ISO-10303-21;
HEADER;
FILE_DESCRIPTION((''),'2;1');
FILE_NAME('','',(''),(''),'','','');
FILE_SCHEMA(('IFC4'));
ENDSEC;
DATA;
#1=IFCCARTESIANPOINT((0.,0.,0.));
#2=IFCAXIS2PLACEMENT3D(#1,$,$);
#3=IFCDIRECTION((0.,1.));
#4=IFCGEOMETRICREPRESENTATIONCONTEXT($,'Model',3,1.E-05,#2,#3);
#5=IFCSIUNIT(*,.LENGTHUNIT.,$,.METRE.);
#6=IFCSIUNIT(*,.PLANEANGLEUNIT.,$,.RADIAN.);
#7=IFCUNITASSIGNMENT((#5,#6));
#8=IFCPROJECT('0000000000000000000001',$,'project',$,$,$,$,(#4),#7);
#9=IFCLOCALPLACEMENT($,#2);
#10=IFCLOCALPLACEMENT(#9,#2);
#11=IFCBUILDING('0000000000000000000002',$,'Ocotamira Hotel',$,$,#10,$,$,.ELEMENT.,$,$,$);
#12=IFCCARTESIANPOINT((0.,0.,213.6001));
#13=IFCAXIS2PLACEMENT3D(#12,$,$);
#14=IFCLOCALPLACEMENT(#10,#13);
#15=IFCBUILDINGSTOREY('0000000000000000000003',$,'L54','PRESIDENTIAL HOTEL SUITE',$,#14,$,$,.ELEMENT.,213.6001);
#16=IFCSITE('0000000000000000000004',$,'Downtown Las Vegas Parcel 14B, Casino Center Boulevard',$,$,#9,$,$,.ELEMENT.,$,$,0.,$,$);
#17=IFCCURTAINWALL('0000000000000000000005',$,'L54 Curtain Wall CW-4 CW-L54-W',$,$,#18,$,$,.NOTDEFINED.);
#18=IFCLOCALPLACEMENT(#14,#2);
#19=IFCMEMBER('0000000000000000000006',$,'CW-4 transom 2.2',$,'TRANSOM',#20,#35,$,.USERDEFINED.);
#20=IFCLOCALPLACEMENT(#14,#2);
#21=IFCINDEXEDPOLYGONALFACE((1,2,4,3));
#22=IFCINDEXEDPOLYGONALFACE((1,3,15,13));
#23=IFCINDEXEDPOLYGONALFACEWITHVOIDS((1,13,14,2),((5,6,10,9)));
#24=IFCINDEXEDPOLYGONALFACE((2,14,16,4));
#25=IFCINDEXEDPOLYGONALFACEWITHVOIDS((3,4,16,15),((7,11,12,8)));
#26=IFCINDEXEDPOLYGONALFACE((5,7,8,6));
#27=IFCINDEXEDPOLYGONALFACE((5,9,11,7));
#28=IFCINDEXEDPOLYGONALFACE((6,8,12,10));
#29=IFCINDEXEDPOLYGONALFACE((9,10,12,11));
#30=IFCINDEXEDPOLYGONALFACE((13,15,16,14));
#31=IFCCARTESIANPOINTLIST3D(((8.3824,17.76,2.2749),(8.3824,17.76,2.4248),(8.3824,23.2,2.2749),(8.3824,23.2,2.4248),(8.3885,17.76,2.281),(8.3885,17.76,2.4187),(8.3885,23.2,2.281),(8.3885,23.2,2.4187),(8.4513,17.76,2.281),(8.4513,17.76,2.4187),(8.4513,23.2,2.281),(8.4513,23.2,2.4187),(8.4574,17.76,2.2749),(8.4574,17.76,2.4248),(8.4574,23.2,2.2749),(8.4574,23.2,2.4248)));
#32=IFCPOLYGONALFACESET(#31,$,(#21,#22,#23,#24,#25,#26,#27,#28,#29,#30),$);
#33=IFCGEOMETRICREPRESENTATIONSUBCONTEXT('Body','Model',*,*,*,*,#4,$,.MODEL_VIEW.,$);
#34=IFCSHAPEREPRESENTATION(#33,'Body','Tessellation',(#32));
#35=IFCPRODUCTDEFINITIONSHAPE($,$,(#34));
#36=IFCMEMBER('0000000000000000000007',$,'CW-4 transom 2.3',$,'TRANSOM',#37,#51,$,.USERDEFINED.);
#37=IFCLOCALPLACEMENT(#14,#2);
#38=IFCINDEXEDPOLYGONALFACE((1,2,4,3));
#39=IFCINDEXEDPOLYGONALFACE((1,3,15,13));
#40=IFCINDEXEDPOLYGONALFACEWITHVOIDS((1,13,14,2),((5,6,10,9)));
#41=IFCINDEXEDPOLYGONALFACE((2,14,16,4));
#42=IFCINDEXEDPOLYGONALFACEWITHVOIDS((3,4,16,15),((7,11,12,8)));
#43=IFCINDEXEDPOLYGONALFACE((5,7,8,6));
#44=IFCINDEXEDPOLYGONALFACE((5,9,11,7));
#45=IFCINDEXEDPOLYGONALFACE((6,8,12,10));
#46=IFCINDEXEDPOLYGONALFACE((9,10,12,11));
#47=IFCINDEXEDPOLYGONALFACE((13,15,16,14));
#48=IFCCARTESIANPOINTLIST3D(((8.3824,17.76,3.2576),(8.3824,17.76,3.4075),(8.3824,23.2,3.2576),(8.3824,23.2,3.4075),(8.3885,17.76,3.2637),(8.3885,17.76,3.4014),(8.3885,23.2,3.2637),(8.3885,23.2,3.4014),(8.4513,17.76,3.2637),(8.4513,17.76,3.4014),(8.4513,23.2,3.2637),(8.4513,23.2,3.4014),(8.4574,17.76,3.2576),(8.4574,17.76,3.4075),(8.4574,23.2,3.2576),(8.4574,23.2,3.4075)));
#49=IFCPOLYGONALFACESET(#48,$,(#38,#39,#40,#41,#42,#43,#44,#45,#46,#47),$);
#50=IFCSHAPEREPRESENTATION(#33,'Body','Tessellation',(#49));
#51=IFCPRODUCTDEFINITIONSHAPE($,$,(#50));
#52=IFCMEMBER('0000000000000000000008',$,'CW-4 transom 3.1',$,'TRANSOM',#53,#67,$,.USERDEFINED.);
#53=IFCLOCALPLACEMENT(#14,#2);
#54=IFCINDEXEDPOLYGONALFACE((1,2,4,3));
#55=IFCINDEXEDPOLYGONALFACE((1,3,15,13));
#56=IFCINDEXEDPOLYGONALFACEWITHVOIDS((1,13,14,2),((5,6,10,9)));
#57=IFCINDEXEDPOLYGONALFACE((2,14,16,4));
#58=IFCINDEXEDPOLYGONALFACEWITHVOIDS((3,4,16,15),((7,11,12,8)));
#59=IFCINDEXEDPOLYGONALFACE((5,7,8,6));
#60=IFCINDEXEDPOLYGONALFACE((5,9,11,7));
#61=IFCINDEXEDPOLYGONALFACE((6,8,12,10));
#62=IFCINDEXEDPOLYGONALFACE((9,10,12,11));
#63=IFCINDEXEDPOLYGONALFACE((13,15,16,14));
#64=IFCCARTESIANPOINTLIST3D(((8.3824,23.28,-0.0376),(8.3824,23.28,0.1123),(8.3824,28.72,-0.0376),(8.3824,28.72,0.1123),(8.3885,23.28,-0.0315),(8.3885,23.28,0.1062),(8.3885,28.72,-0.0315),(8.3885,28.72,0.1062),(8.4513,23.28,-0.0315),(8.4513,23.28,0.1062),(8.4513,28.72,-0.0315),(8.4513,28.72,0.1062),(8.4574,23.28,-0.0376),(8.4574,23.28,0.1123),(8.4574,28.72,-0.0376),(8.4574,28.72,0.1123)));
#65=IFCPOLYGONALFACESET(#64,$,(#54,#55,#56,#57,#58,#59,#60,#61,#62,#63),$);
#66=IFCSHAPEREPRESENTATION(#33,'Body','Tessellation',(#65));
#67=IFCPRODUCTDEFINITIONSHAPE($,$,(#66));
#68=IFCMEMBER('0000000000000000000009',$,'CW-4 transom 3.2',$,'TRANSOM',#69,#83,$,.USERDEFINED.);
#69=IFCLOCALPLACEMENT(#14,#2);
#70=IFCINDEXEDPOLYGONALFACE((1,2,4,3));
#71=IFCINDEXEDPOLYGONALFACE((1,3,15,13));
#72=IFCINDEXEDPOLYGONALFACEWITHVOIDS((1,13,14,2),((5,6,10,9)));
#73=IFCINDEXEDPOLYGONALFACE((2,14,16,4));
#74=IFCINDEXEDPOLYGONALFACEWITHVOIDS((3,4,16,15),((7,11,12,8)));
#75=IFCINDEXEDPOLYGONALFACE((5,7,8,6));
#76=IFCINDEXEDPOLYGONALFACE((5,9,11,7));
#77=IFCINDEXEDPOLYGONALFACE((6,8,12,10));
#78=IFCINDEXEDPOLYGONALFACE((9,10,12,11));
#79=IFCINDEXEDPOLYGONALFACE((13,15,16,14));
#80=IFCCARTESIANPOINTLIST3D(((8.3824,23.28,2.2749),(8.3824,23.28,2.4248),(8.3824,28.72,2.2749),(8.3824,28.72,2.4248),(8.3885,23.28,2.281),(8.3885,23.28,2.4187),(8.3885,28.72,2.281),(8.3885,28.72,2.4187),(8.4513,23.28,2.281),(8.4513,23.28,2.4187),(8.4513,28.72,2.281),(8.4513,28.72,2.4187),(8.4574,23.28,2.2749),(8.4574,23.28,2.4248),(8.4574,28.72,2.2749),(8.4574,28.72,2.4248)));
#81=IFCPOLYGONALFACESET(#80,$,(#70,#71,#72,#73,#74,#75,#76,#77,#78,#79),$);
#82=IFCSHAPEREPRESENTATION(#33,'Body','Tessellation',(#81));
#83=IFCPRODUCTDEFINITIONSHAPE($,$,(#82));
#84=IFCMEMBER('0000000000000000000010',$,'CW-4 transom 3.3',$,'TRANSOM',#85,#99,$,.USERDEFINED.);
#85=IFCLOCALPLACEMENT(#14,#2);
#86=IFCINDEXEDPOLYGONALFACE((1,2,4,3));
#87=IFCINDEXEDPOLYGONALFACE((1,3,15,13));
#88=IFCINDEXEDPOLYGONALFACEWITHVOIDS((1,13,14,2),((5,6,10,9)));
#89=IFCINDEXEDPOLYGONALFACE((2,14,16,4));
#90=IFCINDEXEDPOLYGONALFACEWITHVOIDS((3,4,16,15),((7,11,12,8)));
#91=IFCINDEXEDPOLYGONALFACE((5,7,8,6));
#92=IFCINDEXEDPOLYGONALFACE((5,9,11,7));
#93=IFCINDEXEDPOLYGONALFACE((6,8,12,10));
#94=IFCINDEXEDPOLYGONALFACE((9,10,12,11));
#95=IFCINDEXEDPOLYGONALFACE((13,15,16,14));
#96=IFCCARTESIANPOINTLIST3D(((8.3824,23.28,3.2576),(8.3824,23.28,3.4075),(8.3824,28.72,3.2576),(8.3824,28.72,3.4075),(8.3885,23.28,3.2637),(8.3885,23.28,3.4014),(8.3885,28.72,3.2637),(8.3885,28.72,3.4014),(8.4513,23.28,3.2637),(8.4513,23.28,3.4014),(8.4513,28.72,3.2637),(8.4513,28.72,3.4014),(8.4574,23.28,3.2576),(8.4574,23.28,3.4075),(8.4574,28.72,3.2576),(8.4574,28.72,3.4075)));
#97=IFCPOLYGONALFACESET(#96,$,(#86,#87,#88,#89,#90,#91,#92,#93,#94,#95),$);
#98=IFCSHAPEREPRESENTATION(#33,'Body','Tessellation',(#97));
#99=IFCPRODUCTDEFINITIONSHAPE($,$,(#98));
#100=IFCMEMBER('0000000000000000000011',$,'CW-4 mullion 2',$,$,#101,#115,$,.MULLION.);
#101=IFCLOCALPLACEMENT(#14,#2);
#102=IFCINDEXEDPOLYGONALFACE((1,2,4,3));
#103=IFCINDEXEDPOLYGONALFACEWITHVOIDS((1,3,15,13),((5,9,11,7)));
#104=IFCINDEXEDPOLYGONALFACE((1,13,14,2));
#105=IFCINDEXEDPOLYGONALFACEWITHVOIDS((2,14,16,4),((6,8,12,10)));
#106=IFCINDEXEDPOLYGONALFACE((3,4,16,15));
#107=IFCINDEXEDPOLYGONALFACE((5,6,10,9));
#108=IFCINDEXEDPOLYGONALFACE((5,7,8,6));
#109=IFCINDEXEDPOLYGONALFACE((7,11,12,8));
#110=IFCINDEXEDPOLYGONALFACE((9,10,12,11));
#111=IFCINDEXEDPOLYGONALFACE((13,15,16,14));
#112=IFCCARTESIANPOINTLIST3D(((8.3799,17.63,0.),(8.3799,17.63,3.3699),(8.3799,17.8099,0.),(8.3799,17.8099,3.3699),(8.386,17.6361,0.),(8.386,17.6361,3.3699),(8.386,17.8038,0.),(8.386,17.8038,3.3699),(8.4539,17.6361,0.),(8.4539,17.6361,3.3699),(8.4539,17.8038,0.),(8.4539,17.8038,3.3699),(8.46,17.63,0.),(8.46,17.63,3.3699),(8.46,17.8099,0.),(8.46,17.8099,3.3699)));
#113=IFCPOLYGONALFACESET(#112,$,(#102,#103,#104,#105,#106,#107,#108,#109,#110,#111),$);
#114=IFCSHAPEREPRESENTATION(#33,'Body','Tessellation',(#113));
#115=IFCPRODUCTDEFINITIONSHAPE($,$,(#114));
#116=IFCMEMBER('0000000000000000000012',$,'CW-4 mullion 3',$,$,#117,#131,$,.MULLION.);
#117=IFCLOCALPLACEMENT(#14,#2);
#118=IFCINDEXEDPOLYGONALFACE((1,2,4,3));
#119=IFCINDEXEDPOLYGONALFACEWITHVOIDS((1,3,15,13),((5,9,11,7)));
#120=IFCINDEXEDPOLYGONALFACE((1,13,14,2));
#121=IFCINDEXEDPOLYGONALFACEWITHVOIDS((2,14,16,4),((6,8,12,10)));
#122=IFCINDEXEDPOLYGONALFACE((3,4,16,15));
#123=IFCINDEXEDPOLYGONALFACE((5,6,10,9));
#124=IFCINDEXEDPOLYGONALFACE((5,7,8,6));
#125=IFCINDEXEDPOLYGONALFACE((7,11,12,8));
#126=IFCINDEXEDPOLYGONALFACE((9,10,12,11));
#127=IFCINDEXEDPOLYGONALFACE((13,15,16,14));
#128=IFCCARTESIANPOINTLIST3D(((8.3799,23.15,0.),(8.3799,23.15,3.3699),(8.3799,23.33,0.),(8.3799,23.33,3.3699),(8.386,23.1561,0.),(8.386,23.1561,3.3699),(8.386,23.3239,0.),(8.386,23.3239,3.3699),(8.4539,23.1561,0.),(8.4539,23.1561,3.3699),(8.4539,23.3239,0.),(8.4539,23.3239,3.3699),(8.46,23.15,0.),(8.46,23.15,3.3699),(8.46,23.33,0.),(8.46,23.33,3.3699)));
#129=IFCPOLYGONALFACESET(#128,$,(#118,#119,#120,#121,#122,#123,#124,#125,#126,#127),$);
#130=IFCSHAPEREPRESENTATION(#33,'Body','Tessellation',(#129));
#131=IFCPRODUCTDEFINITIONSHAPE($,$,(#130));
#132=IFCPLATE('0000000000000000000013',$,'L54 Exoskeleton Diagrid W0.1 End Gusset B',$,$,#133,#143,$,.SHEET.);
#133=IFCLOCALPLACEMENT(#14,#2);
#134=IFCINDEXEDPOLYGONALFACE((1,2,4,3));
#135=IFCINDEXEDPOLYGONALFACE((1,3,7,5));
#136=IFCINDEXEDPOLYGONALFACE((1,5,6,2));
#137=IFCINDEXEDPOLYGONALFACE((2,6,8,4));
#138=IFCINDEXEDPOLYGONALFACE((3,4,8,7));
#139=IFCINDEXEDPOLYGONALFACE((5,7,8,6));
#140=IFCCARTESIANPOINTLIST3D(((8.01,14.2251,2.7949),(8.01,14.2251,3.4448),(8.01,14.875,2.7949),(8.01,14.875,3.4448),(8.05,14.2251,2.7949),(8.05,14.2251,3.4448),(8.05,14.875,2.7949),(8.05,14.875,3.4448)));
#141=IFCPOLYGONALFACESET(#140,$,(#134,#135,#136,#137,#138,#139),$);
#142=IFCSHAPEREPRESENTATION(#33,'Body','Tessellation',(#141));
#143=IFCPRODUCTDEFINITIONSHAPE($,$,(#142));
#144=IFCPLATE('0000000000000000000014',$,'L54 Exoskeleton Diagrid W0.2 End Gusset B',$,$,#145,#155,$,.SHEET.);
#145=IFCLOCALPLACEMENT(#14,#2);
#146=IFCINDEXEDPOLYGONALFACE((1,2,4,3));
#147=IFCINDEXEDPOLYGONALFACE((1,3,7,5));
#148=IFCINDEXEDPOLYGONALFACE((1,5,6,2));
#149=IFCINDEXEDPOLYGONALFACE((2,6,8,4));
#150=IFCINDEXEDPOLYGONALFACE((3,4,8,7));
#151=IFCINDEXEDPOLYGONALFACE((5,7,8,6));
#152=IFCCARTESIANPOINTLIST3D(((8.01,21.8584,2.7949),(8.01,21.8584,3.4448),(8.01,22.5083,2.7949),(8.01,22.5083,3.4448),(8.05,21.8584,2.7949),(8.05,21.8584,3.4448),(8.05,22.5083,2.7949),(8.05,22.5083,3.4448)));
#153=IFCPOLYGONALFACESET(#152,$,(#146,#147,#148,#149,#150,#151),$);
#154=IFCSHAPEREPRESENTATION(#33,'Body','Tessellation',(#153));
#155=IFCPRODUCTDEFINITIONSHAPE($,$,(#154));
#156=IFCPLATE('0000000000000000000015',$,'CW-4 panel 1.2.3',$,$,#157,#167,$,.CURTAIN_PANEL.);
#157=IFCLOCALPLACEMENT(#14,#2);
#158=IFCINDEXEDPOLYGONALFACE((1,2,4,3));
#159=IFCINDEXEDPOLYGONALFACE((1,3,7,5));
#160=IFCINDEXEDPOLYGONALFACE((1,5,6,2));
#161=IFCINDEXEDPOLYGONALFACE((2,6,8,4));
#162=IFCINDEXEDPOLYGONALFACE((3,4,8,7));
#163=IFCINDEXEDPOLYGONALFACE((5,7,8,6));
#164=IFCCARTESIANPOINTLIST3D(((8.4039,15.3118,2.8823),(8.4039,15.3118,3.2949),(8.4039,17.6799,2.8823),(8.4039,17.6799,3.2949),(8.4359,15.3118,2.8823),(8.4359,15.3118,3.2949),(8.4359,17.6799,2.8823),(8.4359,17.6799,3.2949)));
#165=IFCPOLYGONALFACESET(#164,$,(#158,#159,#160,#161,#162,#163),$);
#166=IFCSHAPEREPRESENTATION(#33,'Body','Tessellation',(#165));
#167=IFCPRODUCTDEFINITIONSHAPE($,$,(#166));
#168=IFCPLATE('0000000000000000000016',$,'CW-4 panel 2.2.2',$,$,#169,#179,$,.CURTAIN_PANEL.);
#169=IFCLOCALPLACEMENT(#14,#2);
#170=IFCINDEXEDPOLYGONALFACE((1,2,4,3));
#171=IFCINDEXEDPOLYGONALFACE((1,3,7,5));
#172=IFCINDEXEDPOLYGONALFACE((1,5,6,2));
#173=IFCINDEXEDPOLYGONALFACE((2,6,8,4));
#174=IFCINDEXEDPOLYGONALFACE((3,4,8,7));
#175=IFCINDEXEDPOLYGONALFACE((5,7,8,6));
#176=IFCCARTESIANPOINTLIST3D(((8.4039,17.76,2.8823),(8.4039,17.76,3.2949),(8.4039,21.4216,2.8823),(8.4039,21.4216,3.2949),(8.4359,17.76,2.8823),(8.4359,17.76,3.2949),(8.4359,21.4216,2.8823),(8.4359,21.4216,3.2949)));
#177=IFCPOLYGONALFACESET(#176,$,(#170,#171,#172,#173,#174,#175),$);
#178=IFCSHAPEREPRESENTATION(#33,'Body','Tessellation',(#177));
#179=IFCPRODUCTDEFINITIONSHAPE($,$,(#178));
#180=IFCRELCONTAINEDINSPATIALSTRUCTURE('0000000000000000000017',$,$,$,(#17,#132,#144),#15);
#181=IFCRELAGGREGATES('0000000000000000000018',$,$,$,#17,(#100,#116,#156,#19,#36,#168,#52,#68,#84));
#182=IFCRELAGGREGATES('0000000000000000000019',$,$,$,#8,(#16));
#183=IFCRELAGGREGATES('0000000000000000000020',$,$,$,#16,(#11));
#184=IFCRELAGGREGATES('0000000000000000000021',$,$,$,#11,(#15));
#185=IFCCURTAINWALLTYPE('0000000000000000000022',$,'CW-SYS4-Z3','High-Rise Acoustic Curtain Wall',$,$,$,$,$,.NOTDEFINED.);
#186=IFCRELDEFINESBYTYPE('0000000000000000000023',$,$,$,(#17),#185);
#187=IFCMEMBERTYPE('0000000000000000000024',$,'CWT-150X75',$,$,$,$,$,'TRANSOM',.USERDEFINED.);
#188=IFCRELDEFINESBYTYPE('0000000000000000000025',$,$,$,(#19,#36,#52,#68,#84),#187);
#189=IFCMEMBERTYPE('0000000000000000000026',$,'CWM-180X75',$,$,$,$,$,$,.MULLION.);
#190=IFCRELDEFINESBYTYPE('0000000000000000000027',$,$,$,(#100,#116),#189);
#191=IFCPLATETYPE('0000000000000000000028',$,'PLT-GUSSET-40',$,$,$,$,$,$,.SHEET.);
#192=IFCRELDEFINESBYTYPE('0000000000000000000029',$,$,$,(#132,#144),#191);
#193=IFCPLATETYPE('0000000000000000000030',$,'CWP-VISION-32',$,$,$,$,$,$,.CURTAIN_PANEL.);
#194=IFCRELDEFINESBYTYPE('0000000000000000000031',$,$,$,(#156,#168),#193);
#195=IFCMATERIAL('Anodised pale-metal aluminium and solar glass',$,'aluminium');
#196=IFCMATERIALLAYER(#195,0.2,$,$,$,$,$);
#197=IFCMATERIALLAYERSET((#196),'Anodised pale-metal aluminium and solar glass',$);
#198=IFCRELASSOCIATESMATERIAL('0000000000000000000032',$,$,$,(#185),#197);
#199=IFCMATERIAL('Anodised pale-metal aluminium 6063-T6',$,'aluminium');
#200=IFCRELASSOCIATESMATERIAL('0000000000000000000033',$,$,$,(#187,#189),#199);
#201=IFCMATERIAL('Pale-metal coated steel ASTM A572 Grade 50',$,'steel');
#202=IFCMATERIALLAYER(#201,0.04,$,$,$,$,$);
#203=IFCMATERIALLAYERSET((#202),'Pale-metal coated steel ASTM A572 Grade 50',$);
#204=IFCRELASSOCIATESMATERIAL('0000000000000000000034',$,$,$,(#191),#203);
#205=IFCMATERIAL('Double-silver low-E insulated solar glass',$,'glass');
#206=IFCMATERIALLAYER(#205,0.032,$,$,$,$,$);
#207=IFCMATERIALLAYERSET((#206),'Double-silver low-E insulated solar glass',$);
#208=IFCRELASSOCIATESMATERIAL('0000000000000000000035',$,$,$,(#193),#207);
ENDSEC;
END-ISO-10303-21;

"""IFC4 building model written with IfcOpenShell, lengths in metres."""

from ifc_helpers import new_model, si_unit, direction, frame, origin, origin_2d, place, context, subcontext, project, spatial, rectangle, hollow_rectangle, extrude, source, transform, mapped, material, layer, layer_set, material_profile, profile_set, type_object, element, aggregate, save


model = new_model("IFC4")

# Units and contexts
model_context = context("Model", 3, precision=1e-05, world=origin(), true_north=direction((0.0, 1.0)))
body_context = subcontext(model_context, "Body", "Model", "MODEL_VIEW")
ifc_project = project(units=[si_unit("LENGTHUNIT", "METRE"), si_unit("PLANEANGLEUNIT", "RADIAN")], contexts=[model_context])

# Site, building, storey
site_placement = place(None, origin())
site = spatial("IfcSite", under=ifc_project, at=site_placement, Name="Downtown Las Vegas Parcel 14B, Casino Center Boulevard", CompositionType="ELEMENT", RefElevation=0.0)
building_placement = place(site_placement, origin())
building = spatial("IfcBuilding", under=site, at=building_placement, Name="Ocotamira Hotel", CompositionType="ELEMENT")
storey_placement = place(building_placement, frame((0.0, 0.0, 213.6001)))
storey = spatial("IfcBuildingStorey", under=building, at=storey_placement, Name="L54", Description="PRESIDENTIAL HOTEL SUITE", CompositionType="ELEMENT", Elevation=213.6001)

# Curtain wall, members
ifc_material_1 = material(Name="Anodised pale-metal aluminium and solar glass", Category="aluminium")
ifc_layer_1 = layer(ifc_material_1, 0.2)
ifc_layer_set_1 = layer_set([ifc_layer_1], Name="Anodised pale-metal aluminium and solar glass")
curtain_wall_type = type_object("IfcCurtainWallType", Name="CW-SYS4-Z3", Description="High-Rise Acoustic Curtain Wall", PredefinedType="NOTDEFINED", material=ifc_layer_set_1)
curtain_wall_placement = place(storey_placement, origin())
curtain_wall = element("IfcCurtainWall", 1, at=curtain_wall_placement, inside=storey, type_object=curtain_wall_type, Name="L54 Curtain Wall CW-4 CW-L54-W", PredefinedType="NOTDEFINED")
ifc_material_2 = material(Name="Anodised pale-metal aluminium 6063-T6", Category="aluminium")
ifc_material_profile_1 = material_profile(ifc_material_2, hollow_rectangle(XDim=0.075, YDim=0.1499, WallThickness=0.0061, at=origin_2d()), Name="HSS150X75X6")
ifc_profile_set_1 = profile_set([ifc_material_profile_1], Name="Anodised pale-metal aluminium 6063-T6")
member_type_1 = type_object("IfcMemberType", Name="CWT-150X75", ElementType="TRANSOM", PredefinedType="USERDEFINED", material=ifc_profile_set_1)
shared_shape_1 = source(origin(), body_context, "Body", "SweptSolid", [
    extrude(hollow_rectangle(XDim=0.075, YDim=0.1499, WallThickness=0.0061, at=origin_2d()), origin(), (0.0, 0.0, 1.0), 5.4399),
])
member_1_placement = place(storey_placement, frame((8.4199, 17.76, 2.3499), z_axis=(0.0, 1.0, 0.0), x_axis=(-1.0, 0.0, 0.0)))
member_1 = element("IfcMember", 2, at=member_1_placement, type_object=member_type_1, Name="CW-4 transom 2.2", ObjectType="TRANSOM", PredefinedType="USERDEFINED", context=body_context, shape_type="MappedRepresentation", body=[
    mapped(shared_shape_1, transform((0.0, 0.0, 0.0), scale=1.0)),
])
member_2_placement = place(storey_placement, frame((8.4199, 17.76, 3.3325), z_axis=(0.0, 1.0, 0.0), x_axis=(-1.0, 0.0, 0.0)))
member_2 = element("IfcMember", 3, at=member_2_placement, type_object=member_type_1, Name="CW-4 transom 2.3", ObjectType="TRANSOM", PredefinedType="USERDEFINED", context=body_context, shape_type="MappedRepresentation", body=[
    mapped(shared_shape_1, transform((0.0, 0.0, 0.0), scale=1.0)),
])
member_3_placement = place(storey_placement, frame((8.4199, 23.28, 0.0374), z_axis=(0.0, 1.0, 0.0), x_axis=(-1.0, 0.0, 0.0)))
member_3 = element("IfcMember", 4, at=member_3_placement, type_object=member_type_1, Name="CW-4 transom 3.1", ObjectType="TRANSOM", PredefinedType="USERDEFINED", context=body_context, shape_type="MappedRepresentation", body=[
    mapped(shared_shape_1, transform((0.0, 0.0, 0.0), scale=1.0)),
])
member_4_placement = place(storey_placement, frame((8.4199, 23.28, 2.3499), z_axis=(0.0, 1.0, 0.0), x_axis=(-1.0, 0.0, 0.0)))
member_4 = element("IfcMember", 5, at=member_4_placement, type_object=member_type_1, Name="CW-4 transom 3.2", ObjectType="TRANSOM", PredefinedType="USERDEFINED", context=body_context, shape_type="MappedRepresentation", body=[
    mapped(shared_shape_1, transform((0.0, 0.0, 0.0), scale=1.0)),
])
member_5_placement = place(storey_placement, frame((8.4199, 23.28, 3.3325), z_axis=(0.0, 1.0, 0.0), x_axis=(-1.0, 0.0, 0.0)))
member_5 = element("IfcMember", 6, at=member_5_placement, type_object=member_type_1, Name="CW-4 transom 3.3", ObjectType="TRANSOM", PredefinedType="USERDEFINED", context=body_context, shape_type="MappedRepresentation", body=[
    mapped(shared_shape_1, transform((0.0, 0.0, 0.0), scale=1.0)),
])
ifc_material_profile_2 = material_profile(ifc_material_2, hollow_rectangle(XDim=0.0801, YDim=0.1799, WallThickness=0.0061, at=origin_2d()), Name="HSS180X80X6")
ifc_profile_set_2 = profile_set([ifc_material_profile_2], Name="Anodised pale-metal aluminium 6063-T6")
member_type_2 = type_object("IfcMemberType", Name="CWM-180X75", PredefinedType="MULLION", material=ifc_profile_set_2)
shared_shape_2 = source(origin(), body_context, "Body", "SweptSolid", [
    extrude(hollow_rectangle(XDim=0.0801, YDim=0.1799, WallThickness=0.0061, at=origin_2d()), origin(), (0.0, 0.0, 1.0), 3.3699),
])
member_6_placement = place(storey_placement, frame((8.4199, 17.72, 0.0), z_axis=(0.0, 0.0, 1.0), x_axis=(-1.0, 0.0, 0.0)))
member_6 = element("IfcMember", 7, at=member_6_placement, type_object=member_type_2, Name="CW-4 mullion 2", PredefinedType="MULLION", context=body_context, shape_type="MappedRepresentation", body=[
    mapped(shared_shape_2, transform((0.0, 0.0, 0.0), scale=1.0)),
])
member_7_placement = place(storey_placement, frame((8.4199, 23.24, 0.0), z_axis=(0.0, 0.0, 1.0), x_axis=(-1.0, 0.0, 0.0)))
member_7 = element("IfcMember", 8, at=member_7_placement, type_object=member_type_2, Name="CW-4 mullion 3", PredefinedType="MULLION", context=body_context, shape_type="MappedRepresentation", body=[
    mapped(shared_shape_2, transform((0.0, 0.0, 0.0), scale=1.0)),
])

# Plates
ifc_material_3 = material(Name="Pale-metal coated steel ASTM A572 Grade 50", Category="steel")
ifc_layer_2 = layer(ifc_material_3, 0.04)
ifc_layer_set_2 = layer_set([ifc_layer_2], Name="Pale-metal coated steel ASTM A572 Grade 50")
plate_type_1 = type_object("IfcPlateType", Name="PLT-GUSSET-40", PredefinedType="SHEET", material=ifc_layer_set_2)
shared_shape_3 = source(origin(), body_context, "Body", "SweptSolid", [
    extrude(rectangle(XDim=0.04, YDim=0.6499, at=origin_2d()), origin(), (0.0, 0.0, 1.0), 0.6499),
])
for number, where, z_axis, x_axis, name in (
    (9, (8.03, 14.55, 2.7949), (0.0, 0.0, 1.0), (1.0, 0.0, 0.0), "L54 Exoskeleton Diagrid W0.1 End Gusset B"),
    (10, (8.03, 22.1833, 2.7949), (0.0, 0.0, 1.0), (1.0, 0.0, 0.0), "L54 Exoskeleton Diagrid W0.2 End Gusset B"),
):
    element("IfcPlate", number, at=place(storey_placement, frame(where, z_axis=z_axis, x_axis=x_axis)), inside=storey, type_object=plate_type_1, Name=name, PredefinedType="SHEET", context=body_context, shape_type="MappedRepresentation", body=[
        mapped(shared_shape_3, transform((0.0, 0.0, 0.0), scale=1.0)),
    ])

# Plates
ifc_material_4 = material(Name="Double-silver low-E insulated solar glass", Category="glass")
ifc_layer_3 = layer(ifc_material_4, 0.032)
ifc_layer_set_3 = layer_set([ifc_layer_3], Name="Double-silver low-E insulated solar glass")
plate_type_2 = type_object("IfcPlateType", Name="CWP-VISION-32", PredefinedType="CURTAIN_PANEL", material=ifc_layer_set_3)
shared_shape_4 = source(origin(), body_context, "Body", "SweptSolid", [
    extrude(rectangle(XDim=2.3682, YDim=0.032, at=origin_2d()), origin(), (0.0, 0.0, 1.0), 0.4126),
])
plate_1_placement = place(storey_placement, frame((8.4199, 16.4958, 2.8823), z_axis=(0.0, 0.0, 1.0), x_axis=(0.0, 1.0, 0.0)))
plate_1 = element("IfcPlate", 11, at=plate_1_placement, type_object=plate_type_2, Name="CW-4 panel 1.2.3", PredefinedType="CURTAIN_PANEL", context=body_context, shape_type="MappedRepresentation", body=[
    mapped(shared_shape_4, transform((0.0, 0.0, 0.0), scale=1.0)),
])
shared_shape_5 = source(origin(), body_context, "Body", "SweptSolid", [
    extrude(rectangle(XDim=3.6616, YDim=0.032, at=origin_2d()), origin(), (0.0, 0.0, 1.0), 0.4126),
])
plate_2_placement = place(storey_placement, frame((8.4199, 19.5908, 2.8823), z_axis=(0.0, 0.0, 1.0), x_axis=(0.0, 1.0, 0.0)))
plate_2 = element("IfcPlate", 12, at=plate_2_placement, type_object=plate_type_2, Name="CW-4 panel 2.2.2", PredefinedType="CURTAIN_PANEL", context=body_context, shape_type="MappedRepresentation", body=[
    mapped(shared_shape_5, transform((0.0, 0.0, 0.0), scale=1.0)),
])
aggregate(curtain_wall, [member_6, member_7, plate_1, member_1, member_2, plate_2, member_3, member_4, member_5])

save(model, "model.ifc")
